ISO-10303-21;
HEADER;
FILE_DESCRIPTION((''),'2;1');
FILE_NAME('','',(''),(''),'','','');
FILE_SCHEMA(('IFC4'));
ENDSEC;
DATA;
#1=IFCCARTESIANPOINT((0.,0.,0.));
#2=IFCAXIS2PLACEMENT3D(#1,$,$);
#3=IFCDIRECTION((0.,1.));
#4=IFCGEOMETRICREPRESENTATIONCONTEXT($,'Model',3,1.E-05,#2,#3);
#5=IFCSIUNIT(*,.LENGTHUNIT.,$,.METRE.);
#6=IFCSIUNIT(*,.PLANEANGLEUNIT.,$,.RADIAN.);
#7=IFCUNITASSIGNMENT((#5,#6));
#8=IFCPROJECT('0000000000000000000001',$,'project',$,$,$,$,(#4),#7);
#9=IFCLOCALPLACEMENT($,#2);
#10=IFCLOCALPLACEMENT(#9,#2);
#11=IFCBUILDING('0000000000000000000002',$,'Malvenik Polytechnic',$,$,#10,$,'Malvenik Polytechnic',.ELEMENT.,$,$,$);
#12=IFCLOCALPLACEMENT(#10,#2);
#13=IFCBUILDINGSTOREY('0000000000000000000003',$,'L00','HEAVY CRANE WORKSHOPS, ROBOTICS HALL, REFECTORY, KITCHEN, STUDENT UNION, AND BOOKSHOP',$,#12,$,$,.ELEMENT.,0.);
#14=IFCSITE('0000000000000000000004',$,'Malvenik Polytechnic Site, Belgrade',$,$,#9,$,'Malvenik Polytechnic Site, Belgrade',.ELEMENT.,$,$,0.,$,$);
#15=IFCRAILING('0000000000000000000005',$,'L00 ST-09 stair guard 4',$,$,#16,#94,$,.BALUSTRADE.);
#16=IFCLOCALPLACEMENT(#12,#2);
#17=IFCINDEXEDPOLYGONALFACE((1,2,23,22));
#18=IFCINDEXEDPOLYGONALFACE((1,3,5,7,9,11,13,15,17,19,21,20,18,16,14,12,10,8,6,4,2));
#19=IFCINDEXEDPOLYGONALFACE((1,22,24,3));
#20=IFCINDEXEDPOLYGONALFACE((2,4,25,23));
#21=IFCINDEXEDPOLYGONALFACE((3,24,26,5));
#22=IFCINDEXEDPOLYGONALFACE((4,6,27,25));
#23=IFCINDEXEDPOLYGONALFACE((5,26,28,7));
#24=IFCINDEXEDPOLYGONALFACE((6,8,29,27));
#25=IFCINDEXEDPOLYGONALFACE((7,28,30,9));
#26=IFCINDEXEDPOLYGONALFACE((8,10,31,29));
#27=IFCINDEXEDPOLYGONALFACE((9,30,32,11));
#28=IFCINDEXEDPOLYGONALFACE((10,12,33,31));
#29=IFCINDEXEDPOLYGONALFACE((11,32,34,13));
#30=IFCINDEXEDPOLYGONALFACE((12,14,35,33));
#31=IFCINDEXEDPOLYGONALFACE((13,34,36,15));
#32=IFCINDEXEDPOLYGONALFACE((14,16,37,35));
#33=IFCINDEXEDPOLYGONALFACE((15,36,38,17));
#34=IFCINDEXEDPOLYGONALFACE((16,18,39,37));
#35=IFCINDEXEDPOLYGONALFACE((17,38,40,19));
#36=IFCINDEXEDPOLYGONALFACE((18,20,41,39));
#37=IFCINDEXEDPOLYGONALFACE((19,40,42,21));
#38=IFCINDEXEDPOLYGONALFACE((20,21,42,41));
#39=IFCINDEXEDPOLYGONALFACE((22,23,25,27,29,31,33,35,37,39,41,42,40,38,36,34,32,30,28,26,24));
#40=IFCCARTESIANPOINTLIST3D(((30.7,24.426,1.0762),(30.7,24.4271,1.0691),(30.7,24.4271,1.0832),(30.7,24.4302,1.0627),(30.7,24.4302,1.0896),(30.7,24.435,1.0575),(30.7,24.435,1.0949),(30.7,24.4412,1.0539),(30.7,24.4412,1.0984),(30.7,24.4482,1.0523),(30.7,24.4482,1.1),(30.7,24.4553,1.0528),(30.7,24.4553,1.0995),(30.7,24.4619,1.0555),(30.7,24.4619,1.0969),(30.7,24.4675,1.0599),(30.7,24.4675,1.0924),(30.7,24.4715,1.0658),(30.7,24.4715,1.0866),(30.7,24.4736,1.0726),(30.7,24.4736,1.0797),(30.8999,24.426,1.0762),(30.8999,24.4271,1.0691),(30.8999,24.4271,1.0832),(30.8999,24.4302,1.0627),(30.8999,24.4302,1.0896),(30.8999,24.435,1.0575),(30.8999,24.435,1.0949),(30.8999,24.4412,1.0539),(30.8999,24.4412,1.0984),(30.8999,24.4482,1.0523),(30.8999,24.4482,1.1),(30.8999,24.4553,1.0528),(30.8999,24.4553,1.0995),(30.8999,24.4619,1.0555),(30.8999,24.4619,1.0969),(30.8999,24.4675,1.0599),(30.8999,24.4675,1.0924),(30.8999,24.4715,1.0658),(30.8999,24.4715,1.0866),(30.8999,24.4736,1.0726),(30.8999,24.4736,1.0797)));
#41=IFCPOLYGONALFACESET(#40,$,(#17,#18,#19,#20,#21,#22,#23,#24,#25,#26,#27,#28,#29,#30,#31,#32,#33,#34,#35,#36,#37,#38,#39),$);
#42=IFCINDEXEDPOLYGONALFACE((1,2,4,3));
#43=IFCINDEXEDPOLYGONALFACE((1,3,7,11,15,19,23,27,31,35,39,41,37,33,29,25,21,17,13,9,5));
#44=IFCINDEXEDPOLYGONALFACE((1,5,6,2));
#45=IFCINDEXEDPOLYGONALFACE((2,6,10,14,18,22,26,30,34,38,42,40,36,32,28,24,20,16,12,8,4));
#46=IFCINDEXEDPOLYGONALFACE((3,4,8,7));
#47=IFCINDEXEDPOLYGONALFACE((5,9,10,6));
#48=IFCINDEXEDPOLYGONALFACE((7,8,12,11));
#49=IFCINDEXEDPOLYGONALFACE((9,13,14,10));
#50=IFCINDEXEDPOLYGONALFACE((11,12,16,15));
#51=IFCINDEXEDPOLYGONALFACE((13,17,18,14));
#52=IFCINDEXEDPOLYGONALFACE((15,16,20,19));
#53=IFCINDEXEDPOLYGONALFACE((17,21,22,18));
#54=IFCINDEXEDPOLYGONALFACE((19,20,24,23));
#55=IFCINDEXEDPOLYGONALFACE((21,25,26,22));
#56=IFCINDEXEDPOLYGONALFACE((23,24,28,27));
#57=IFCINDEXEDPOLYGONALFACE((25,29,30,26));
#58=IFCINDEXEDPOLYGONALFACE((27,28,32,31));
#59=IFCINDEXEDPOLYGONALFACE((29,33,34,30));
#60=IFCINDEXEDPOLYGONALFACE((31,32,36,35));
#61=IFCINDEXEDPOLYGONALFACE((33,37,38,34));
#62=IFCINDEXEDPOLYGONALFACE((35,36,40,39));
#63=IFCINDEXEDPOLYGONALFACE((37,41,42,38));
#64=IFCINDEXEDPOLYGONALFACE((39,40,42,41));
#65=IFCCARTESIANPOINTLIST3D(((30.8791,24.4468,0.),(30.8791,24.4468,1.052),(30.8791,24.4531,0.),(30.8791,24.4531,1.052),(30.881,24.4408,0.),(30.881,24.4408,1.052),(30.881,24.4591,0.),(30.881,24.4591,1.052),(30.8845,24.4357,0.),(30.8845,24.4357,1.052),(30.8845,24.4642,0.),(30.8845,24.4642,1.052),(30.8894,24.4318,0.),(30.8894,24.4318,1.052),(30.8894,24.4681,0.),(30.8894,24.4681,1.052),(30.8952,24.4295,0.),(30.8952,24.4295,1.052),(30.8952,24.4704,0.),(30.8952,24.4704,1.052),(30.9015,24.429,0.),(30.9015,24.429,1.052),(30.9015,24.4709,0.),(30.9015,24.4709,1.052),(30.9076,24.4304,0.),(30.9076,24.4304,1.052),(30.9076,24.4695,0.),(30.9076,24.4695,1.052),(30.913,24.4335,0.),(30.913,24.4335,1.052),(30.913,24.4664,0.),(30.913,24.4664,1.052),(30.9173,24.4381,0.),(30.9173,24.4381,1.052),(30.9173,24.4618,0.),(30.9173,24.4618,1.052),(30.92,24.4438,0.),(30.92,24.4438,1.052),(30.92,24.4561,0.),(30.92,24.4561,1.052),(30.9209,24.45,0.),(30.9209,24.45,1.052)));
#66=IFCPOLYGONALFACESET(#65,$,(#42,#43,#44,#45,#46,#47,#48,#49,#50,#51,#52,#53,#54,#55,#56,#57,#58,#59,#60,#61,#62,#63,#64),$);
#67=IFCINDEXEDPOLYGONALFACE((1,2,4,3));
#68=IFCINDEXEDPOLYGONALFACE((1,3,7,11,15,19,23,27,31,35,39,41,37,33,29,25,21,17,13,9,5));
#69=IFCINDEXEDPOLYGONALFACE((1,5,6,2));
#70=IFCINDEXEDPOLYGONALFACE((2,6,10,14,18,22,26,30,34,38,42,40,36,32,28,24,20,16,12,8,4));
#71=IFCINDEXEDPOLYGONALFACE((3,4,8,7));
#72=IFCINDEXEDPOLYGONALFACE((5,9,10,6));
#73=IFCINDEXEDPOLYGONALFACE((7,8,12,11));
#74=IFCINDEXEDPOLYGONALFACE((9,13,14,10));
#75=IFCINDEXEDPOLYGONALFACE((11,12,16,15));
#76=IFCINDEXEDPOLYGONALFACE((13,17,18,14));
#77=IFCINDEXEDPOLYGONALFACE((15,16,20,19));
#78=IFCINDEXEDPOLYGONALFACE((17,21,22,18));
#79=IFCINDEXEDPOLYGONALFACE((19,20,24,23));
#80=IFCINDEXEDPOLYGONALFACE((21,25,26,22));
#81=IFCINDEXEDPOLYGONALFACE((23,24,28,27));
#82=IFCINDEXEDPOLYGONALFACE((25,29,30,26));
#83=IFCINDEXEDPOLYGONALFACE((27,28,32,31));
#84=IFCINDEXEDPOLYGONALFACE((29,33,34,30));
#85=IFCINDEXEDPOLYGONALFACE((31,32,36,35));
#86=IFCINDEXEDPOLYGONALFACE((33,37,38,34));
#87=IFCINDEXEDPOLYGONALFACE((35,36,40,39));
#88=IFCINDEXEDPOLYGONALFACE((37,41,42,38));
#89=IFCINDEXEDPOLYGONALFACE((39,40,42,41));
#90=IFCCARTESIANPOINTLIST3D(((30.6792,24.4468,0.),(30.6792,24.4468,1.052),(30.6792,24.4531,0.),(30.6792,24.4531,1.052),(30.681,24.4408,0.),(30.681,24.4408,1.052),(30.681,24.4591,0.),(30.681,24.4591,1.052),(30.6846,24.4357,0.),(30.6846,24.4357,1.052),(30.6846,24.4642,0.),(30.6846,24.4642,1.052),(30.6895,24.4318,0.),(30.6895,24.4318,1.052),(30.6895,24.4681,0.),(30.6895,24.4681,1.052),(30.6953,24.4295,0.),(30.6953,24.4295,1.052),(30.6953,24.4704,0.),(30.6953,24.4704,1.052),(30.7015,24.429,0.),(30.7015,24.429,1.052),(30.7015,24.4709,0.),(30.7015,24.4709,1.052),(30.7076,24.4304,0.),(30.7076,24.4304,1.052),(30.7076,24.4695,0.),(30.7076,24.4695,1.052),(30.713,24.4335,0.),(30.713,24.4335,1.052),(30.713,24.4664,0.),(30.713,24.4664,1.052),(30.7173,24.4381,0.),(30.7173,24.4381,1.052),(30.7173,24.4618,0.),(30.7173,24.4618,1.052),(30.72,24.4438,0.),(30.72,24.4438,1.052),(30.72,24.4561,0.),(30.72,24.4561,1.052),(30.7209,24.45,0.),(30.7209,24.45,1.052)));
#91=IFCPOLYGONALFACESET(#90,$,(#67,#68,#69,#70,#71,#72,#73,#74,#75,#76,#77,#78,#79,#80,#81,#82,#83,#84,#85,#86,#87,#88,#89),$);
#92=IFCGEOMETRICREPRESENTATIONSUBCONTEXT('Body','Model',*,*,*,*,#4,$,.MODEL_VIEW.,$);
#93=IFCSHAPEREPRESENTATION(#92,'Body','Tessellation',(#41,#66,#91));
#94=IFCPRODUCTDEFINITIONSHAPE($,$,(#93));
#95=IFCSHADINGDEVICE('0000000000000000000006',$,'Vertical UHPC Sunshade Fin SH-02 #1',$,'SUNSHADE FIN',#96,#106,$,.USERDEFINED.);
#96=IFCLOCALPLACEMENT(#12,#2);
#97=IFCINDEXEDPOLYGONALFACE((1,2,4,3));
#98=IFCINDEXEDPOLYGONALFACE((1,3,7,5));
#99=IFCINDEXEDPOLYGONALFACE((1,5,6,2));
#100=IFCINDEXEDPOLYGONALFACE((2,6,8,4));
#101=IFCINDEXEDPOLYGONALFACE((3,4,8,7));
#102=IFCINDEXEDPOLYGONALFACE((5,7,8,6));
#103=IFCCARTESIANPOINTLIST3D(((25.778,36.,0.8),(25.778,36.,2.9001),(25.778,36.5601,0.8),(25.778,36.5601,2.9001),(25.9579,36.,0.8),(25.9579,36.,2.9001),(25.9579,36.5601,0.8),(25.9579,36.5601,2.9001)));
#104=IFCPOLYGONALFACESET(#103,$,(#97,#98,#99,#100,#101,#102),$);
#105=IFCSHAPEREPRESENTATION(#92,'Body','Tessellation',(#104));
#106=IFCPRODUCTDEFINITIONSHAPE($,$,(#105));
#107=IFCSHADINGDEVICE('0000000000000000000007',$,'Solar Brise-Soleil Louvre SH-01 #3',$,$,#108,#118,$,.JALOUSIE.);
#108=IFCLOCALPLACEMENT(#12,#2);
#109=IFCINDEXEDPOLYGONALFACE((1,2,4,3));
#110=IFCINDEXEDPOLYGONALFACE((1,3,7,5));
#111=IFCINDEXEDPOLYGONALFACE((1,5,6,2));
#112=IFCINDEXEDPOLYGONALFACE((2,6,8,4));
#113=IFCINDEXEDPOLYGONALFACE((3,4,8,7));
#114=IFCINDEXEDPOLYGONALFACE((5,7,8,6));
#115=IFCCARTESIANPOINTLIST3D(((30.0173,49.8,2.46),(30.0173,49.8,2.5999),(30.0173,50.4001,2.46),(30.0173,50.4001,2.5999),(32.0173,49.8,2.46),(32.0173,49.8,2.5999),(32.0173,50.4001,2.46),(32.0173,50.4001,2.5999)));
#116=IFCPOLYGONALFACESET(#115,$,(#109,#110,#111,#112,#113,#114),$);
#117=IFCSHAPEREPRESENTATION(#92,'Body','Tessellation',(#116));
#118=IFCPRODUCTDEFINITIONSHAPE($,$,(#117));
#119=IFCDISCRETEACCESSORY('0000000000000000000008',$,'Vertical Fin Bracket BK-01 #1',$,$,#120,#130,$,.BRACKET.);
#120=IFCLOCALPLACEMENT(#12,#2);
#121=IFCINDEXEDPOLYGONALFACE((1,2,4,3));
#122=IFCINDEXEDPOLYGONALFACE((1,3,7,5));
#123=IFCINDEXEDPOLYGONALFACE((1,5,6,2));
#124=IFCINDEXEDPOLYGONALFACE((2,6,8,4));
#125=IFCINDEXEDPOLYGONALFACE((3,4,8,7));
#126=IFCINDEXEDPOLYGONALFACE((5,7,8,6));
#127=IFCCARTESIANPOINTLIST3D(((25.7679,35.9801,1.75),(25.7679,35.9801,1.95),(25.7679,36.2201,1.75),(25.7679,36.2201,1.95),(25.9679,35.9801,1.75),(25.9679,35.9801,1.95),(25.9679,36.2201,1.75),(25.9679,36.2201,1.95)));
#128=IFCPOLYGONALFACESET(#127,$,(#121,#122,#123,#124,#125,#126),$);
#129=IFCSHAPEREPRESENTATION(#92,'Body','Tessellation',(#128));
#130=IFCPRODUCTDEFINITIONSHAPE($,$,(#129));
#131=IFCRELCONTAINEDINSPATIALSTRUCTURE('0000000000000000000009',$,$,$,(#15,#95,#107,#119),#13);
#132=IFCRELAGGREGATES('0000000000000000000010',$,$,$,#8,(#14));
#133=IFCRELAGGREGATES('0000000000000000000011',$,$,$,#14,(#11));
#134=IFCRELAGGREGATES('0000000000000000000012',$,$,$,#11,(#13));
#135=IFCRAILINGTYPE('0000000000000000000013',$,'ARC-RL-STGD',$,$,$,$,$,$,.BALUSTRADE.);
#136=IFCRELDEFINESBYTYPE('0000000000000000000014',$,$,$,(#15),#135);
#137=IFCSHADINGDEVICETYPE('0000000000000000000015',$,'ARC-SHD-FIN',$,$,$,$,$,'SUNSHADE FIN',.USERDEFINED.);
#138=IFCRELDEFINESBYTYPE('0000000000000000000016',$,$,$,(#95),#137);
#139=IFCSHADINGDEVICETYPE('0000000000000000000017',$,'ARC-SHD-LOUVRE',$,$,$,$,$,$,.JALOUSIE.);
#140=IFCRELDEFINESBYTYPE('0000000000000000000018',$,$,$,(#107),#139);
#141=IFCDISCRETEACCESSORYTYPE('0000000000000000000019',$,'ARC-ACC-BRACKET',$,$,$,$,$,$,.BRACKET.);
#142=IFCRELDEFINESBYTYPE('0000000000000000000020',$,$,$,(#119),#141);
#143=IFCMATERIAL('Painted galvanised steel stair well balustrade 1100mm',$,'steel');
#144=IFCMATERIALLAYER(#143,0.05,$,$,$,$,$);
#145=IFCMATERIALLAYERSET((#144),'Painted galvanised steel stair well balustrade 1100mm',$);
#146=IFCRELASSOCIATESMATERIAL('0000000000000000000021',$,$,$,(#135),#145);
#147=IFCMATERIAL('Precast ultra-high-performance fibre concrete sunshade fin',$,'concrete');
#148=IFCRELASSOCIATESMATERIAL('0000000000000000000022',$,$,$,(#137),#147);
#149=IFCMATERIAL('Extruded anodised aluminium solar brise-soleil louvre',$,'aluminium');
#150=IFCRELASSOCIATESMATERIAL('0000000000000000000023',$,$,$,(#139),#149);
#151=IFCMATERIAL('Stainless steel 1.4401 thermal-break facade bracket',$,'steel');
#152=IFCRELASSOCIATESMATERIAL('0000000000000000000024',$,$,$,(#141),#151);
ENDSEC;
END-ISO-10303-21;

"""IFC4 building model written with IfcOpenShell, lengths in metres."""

from ifc_helpers import new_model, si_unit, direction, frame, origin, origin_2d, place, context, subcontext, project, spatial, rectangle, circle, extrude, material, layer, layer_set, type_object, element, save


model = new_model("IFC4")

# Units and contexts
model_context = context("Model", 3, precision=1e-05, world=origin(), true_north=direction((0.0, 1.0)))
body_context = subcontext(model_context, "Body", "Model", "MODEL_VIEW")
ifc_project = project(units=[si_unit("LENGTHUNIT", "METRE"), si_unit("PLANEANGLEUNIT", "RADIAN")], contexts=[model_context])

# Site, building, storey
site_placement = place(None, origin())
site = spatial("IfcSite", under=ifc_project, at=site_placement, Name="Malvenik Polytechnic Site, Belgrade", LongName="Malvenik Polytechnic Site, Belgrade", CompositionType="ELEMENT", RefElevation=0.0)
building_placement = place(site_placement, origin())
building = spatial("IfcBuilding", under=site, at=building_placement, Name="Malvenik Polytechnic", LongName="Malvenik Polytechnic", CompositionType="ELEMENT")
storey_placement = place(building_placement, origin())
storey = spatial("IfcBuildingStorey", under=building, at=storey_placement, Name="L00", Description="HEAVY CRANE WORKSHOPS, ROBOTICS HALL, REFECTORY, KITCHEN, STUDENT UNION, AND BOOKSHOP", CompositionType="ELEMENT", Elevation=0.0)

# Railing
ifc_material_1 = material(Name="Painted galvanised steel stair well balustrade 1100mm", Category="steel")
ifc_layer_1 = layer(ifc_material_1, 0.05)
ifc_layer_set_1 = layer_set([ifc_layer_1], Name="Painted galvanised steel stair well balustrade 1100mm")
railing_type_1 = type_object("IfcRailingType", Name="ARC-RL-STGD", PredefinedType="BALUSTRADE", material=ifc_layer_set_1)
railing_1_placement = place(storey_placement, frame((30.8999, 24.45, 0.0)))
element("IfcRailing", 1, at=railing_1_placement, inside=storey, type_object=railing_type_1, Name="L00 ST-09 stair guard 4", PredefinedType="BALUSTRADE", context=body_context, shape_type="SweptSolid", body=[
    extrude(circle(Radius=0.0239, at=origin_2d()), frame((0.0, 0.0, 1.0762), z_axis=(-1.0, 0.0, 0.0), x_axis=(0.0, -1.0, 0.0)), (0.0, 0.0, 1.0), 0.2),
    extrude(circle(Radius=0.021, at=origin_2d()), origin(), (0.0, 0.0, 1.0), 1.052),
    extrude(circle(Radius=0.021, at=origin_2d()), frame((-0.2, 0.0, 0.0)), (0.0, 0.0, 1.0), 1.052),
])

# Shading devices
ifc_material_2 = material(Name="Precast ultra-high-performance fibre concrete sunshade fin", Category="concrete")
shading_device_type_1 = type_object("IfcShadingDeviceType", Name="ARC-SHD-FIN", ElementType="SUNSHADE FIN", PredefinedType="USERDEFINED", material=ifc_material_2)
shading_device_1_placement = place(storey_placement, frame((25.8679, 36.28, 0.8), z_axis=(0.0, 0.0, 1.0), x_axis=(1.0, 0.0, 0.0)))
element("IfcShadingDevice", 2, at=shading_device_1_placement, inside=storey, type_object=shading_device_type_1, Name="Vertical UHPC Sunshade Fin SH-02 #1", ObjectType="SUNSHADE FIN", PredefinedType="USERDEFINED", context=body_context, shape_type="SweptSolid", body=[
    extrude(rectangle(XDim=0.1799, YDim=0.5601, at=origin_2d()), origin(), (0.0, 0.0, 1.0), 2.1001),
])
ifc_material_3 = material(Name="Extruded anodised aluminium solar brise-soleil louvre", Category="aluminium")
shading_device_type_2 = type_object("IfcShadingDeviceType", Name="ARC-SHD-LOUVRE", PredefinedType="JALOUSIE", material=ifc_material_3)
shading_device_2_placement = place(storey_placement, frame((31.0173, 50.1001, 2.46), z_axis=(0.0, 0.0, 1.0), x_axis=(1.0, 0.0, 0.0)))
element("IfcShadingDevice", 3, at=shading_device_2_placement, inside=storey, type_object=shading_device_type_2, Name="Solar Brise-Soleil Louvre SH-01 #3", PredefinedType="JALOUSIE", context=body_context, shape_type="SweptSolid", body=[
    extrude(rectangle(XDim=2.0, YDim=0.6001, at=origin_2d()), origin(), (0.0, 0.0, 1.0), 0.1399),
])

# Discrete accessory
ifc_material_4 = material(Name="Stainless steel 1.4401 thermal-break facade bracket", Category="steel")
discrete_accessory_type = type_object("IfcDiscreteAccessoryType", Name="ARC-ACC-BRACKET", PredefinedType="BRACKET", material=ifc_material_4)
discrete_accessory_placement = place(storey_placement, frame((25.8679, 36.1001, 1.75), z_axis=(0.0, 0.0, 1.0), x_axis=(1.0, 0.0, 0.0)))
element("IfcDiscreteAccessory", 4, at=discrete_accessory_placement, inside=storey, type_object=discrete_accessory_type, Name="Vertical Fin Bracket BK-01 #1", PredefinedType="BRACKET", context=body_context, shape_type="SweptSolid", body=[
    extrude(rectangle(XDim=0.2, YDim=0.24, at=origin_2d()), origin(), (0.0, 0.0, 1.0), 0.2),
])

save(model, "model.ifc")
